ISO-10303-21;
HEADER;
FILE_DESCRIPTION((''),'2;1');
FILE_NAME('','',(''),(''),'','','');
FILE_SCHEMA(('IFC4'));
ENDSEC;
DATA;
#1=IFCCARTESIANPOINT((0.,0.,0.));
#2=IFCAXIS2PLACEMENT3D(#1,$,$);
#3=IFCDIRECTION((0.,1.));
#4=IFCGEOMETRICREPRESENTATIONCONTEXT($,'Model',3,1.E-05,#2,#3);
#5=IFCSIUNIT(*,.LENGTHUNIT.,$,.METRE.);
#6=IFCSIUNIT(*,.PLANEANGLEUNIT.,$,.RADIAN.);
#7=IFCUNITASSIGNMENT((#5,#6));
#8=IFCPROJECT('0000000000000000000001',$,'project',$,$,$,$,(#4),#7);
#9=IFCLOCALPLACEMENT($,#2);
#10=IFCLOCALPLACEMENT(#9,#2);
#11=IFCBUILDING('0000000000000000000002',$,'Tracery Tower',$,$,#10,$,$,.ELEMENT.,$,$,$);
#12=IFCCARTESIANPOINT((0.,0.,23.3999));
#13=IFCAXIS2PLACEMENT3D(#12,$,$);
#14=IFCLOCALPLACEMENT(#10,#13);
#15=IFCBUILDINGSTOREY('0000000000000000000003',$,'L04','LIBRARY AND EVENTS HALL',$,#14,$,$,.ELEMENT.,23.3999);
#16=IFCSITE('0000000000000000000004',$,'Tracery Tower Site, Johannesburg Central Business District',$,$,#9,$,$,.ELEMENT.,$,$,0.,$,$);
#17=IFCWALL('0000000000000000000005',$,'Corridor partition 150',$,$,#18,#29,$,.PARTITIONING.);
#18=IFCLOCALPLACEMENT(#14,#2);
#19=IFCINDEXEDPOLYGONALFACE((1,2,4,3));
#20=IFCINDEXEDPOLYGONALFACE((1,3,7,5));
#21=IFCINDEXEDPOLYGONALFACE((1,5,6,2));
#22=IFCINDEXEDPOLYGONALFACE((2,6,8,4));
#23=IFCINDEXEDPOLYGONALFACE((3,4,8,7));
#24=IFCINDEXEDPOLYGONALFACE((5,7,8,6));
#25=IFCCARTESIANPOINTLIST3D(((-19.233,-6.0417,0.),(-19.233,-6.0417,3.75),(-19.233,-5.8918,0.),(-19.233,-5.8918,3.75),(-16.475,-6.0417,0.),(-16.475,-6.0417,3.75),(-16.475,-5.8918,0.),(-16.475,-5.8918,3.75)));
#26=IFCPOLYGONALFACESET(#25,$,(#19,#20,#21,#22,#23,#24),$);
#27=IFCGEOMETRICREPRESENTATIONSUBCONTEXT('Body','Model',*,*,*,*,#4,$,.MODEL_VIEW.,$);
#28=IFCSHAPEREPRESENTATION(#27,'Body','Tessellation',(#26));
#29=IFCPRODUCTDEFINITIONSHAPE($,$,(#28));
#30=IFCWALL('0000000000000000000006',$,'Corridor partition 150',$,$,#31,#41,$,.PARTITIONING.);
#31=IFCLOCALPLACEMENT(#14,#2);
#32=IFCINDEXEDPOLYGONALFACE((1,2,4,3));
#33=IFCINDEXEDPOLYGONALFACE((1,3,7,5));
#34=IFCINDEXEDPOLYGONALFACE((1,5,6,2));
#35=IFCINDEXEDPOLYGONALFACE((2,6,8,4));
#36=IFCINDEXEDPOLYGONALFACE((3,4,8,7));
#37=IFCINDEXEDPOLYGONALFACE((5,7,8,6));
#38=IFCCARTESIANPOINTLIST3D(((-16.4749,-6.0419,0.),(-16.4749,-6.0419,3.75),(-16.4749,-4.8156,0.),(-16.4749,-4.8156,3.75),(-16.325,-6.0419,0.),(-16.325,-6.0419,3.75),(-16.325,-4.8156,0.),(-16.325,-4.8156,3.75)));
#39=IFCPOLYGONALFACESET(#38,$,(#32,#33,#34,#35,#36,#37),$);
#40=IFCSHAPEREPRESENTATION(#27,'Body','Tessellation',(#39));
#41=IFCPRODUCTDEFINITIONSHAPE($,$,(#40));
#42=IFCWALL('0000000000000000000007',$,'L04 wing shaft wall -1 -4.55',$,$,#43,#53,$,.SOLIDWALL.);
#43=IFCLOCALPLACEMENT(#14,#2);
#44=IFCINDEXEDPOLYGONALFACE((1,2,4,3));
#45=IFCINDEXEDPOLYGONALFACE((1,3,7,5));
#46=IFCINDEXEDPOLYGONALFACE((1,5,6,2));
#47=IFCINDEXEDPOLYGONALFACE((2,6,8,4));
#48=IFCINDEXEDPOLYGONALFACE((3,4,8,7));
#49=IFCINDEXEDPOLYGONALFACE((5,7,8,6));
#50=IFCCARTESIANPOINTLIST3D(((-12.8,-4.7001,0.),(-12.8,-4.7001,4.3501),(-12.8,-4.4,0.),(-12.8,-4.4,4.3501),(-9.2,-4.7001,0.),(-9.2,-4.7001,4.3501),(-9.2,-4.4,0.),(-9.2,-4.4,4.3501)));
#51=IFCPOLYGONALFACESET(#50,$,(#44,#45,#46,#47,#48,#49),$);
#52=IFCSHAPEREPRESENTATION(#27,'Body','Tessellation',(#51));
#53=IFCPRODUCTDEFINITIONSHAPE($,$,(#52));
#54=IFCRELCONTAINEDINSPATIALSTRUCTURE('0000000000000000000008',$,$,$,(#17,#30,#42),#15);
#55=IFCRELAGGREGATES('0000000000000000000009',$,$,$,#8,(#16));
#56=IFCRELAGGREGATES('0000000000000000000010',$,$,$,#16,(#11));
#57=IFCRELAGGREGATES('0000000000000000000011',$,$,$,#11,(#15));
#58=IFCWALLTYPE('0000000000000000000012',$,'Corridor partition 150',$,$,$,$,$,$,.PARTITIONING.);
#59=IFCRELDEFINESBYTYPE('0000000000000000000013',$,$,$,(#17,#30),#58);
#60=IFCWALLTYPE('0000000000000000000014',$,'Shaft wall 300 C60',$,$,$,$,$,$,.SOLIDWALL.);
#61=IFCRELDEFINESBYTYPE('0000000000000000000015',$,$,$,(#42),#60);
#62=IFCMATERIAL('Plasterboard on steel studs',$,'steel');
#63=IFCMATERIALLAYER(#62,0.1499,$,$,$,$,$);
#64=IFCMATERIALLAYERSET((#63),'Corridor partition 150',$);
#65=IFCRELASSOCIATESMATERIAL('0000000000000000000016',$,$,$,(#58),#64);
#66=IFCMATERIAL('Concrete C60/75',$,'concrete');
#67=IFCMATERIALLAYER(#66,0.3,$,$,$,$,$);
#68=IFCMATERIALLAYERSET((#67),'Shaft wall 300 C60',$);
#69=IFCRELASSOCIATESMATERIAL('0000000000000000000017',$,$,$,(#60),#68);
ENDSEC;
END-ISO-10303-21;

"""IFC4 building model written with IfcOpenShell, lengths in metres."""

from ifc_helpers import new_model, si_unit, direction, frame, frame_2d, origin, place, context, subcontext, project, spatial, rectangle, extrude, material, layer, layer_set, type_object, element, save


model = new_model("IFC4")

# Units and contexts
model_context = context("Model", 3, precision=1e-05, world=origin(), true_north=direction((0.0, 1.0)))
body_context = subcontext(model_context, "Body", "Model", "MODEL_VIEW")
ifc_project = project(units=[si_unit("LENGTHUNIT", "METRE"), si_unit("PLANEANGLEUNIT", "RADIAN")], contexts=[model_context])

# Site, building, storey
site_placement = place(None, origin())
site = spatial("IfcSite", under=ifc_project, at=site_placement, Name="Tracery Tower Site, Johannesburg Central Business District", CompositionType="ELEMENT", RefElevation=0.0)
building_placement = place(site_placement, origin())
building = spatial("IfcBuilding", under=site, at=building_placement, Name="Tracery Tower", CompositionType="ELEMENT")
storey_placement = place(building_placement, frame((0.0, 0.0, 23.3999)))
storey = spatial("IfcBuildingStorey", under=building, at=storey_placement, Name="L04", Description="LIBRARY AND EVENTS HALL", CompositionType="ELEMENT", Elevation=23.3999)

# Walls
ifc_material_1 = material(Name="Plasterboard on steel studs", Category="steel")
ifc_layer_1 = layer(ifc_material_1, 0.1499)
ifc_layer_set_1 = layer_set([ifc_layer_1], Name="Corridor partition 150")
wall_type_1 = type_object("IfcWallType", Name="Corridor partition 150", PredefinedType="PARTITIONING", material=ifc_layer_set_1)
wall_1_placement = place(storey_placement, frame((-16.4751, -5.9668, 0.0), z_axis=(0.0, 0.0, 1.0), x_axis=(-1.0, 0.0, 0.0)))
element("IfcWall", 1, at=wall_1_placement, inside=storey, type_object=wall_type_1, Name="Corridor partition 150", PredefinedType="PARTITIONING", context=body_context, shape_type="SweptSolid", body=[
    extrude(rectangle(XDim=2.7581, YDim=0.1499, at=frame_2d((1.3789, 0.0))), origin(), (0.0, 0.0, 1.0), 3.75),
])
wall_2_placement = place(storey_placement, frame((-16.3999, -4.8154, 0.0), z_axis=(0.0, 0.0, 1.0), x_axis=(0.0, -1.0, 0.0)))
element("IfcWall", 2, at=wall_2_placement, inside=storey, type_object=wall_type_1, Name="Corridor partition 150", PredefinedType="PARTITIONING", context=body_context, shape_type="SweptSolid", body=[
    extrude(rectangle(XDim=1.2263, YDim=0.1499, at=frame_2d((0.6133, 0.0))), origin(), (0.0, 0.0, 1.0), 3.75),
])
ifc_material_2 = material(Name="Concrete C60/75", Category="concrete")
ifc_layer_2 = layer(ifc_material_2, 0.3)
ifc_layer_set_2 = layer_set([ifc_layer_2], Name="Shaft wall 300 C60")
wall_type_2 = type_object("IfcWallType", Name="Shaft wall 300 C60", PredefinedType="SOLIDWALL", material=ifc_layer_set_2)
wall_3_placement = place(storey_placement, frame((-12.8, -4.55, 0.0), z_axis=(0.0, 0.0, 1.0), x_axis=(1.0, 0.0, 0.0)))
element("IfcWall", 3, at=wall_3_placement, inside=storey, type_object=wall_type_2, Name="L04 wing shaft wall -1 -4.55", PredefinedType="SOLIDWALL", context=body_context, shape_type="SweptSolid", body=[
    extrude(rectangle(XDim=3.6001, YDim=0.3, at=frame_2d((1.8, 0.0))), origin(), (0.0, 0.0, 1.0), 4.3501),
])

save(model, "model.ifc")
